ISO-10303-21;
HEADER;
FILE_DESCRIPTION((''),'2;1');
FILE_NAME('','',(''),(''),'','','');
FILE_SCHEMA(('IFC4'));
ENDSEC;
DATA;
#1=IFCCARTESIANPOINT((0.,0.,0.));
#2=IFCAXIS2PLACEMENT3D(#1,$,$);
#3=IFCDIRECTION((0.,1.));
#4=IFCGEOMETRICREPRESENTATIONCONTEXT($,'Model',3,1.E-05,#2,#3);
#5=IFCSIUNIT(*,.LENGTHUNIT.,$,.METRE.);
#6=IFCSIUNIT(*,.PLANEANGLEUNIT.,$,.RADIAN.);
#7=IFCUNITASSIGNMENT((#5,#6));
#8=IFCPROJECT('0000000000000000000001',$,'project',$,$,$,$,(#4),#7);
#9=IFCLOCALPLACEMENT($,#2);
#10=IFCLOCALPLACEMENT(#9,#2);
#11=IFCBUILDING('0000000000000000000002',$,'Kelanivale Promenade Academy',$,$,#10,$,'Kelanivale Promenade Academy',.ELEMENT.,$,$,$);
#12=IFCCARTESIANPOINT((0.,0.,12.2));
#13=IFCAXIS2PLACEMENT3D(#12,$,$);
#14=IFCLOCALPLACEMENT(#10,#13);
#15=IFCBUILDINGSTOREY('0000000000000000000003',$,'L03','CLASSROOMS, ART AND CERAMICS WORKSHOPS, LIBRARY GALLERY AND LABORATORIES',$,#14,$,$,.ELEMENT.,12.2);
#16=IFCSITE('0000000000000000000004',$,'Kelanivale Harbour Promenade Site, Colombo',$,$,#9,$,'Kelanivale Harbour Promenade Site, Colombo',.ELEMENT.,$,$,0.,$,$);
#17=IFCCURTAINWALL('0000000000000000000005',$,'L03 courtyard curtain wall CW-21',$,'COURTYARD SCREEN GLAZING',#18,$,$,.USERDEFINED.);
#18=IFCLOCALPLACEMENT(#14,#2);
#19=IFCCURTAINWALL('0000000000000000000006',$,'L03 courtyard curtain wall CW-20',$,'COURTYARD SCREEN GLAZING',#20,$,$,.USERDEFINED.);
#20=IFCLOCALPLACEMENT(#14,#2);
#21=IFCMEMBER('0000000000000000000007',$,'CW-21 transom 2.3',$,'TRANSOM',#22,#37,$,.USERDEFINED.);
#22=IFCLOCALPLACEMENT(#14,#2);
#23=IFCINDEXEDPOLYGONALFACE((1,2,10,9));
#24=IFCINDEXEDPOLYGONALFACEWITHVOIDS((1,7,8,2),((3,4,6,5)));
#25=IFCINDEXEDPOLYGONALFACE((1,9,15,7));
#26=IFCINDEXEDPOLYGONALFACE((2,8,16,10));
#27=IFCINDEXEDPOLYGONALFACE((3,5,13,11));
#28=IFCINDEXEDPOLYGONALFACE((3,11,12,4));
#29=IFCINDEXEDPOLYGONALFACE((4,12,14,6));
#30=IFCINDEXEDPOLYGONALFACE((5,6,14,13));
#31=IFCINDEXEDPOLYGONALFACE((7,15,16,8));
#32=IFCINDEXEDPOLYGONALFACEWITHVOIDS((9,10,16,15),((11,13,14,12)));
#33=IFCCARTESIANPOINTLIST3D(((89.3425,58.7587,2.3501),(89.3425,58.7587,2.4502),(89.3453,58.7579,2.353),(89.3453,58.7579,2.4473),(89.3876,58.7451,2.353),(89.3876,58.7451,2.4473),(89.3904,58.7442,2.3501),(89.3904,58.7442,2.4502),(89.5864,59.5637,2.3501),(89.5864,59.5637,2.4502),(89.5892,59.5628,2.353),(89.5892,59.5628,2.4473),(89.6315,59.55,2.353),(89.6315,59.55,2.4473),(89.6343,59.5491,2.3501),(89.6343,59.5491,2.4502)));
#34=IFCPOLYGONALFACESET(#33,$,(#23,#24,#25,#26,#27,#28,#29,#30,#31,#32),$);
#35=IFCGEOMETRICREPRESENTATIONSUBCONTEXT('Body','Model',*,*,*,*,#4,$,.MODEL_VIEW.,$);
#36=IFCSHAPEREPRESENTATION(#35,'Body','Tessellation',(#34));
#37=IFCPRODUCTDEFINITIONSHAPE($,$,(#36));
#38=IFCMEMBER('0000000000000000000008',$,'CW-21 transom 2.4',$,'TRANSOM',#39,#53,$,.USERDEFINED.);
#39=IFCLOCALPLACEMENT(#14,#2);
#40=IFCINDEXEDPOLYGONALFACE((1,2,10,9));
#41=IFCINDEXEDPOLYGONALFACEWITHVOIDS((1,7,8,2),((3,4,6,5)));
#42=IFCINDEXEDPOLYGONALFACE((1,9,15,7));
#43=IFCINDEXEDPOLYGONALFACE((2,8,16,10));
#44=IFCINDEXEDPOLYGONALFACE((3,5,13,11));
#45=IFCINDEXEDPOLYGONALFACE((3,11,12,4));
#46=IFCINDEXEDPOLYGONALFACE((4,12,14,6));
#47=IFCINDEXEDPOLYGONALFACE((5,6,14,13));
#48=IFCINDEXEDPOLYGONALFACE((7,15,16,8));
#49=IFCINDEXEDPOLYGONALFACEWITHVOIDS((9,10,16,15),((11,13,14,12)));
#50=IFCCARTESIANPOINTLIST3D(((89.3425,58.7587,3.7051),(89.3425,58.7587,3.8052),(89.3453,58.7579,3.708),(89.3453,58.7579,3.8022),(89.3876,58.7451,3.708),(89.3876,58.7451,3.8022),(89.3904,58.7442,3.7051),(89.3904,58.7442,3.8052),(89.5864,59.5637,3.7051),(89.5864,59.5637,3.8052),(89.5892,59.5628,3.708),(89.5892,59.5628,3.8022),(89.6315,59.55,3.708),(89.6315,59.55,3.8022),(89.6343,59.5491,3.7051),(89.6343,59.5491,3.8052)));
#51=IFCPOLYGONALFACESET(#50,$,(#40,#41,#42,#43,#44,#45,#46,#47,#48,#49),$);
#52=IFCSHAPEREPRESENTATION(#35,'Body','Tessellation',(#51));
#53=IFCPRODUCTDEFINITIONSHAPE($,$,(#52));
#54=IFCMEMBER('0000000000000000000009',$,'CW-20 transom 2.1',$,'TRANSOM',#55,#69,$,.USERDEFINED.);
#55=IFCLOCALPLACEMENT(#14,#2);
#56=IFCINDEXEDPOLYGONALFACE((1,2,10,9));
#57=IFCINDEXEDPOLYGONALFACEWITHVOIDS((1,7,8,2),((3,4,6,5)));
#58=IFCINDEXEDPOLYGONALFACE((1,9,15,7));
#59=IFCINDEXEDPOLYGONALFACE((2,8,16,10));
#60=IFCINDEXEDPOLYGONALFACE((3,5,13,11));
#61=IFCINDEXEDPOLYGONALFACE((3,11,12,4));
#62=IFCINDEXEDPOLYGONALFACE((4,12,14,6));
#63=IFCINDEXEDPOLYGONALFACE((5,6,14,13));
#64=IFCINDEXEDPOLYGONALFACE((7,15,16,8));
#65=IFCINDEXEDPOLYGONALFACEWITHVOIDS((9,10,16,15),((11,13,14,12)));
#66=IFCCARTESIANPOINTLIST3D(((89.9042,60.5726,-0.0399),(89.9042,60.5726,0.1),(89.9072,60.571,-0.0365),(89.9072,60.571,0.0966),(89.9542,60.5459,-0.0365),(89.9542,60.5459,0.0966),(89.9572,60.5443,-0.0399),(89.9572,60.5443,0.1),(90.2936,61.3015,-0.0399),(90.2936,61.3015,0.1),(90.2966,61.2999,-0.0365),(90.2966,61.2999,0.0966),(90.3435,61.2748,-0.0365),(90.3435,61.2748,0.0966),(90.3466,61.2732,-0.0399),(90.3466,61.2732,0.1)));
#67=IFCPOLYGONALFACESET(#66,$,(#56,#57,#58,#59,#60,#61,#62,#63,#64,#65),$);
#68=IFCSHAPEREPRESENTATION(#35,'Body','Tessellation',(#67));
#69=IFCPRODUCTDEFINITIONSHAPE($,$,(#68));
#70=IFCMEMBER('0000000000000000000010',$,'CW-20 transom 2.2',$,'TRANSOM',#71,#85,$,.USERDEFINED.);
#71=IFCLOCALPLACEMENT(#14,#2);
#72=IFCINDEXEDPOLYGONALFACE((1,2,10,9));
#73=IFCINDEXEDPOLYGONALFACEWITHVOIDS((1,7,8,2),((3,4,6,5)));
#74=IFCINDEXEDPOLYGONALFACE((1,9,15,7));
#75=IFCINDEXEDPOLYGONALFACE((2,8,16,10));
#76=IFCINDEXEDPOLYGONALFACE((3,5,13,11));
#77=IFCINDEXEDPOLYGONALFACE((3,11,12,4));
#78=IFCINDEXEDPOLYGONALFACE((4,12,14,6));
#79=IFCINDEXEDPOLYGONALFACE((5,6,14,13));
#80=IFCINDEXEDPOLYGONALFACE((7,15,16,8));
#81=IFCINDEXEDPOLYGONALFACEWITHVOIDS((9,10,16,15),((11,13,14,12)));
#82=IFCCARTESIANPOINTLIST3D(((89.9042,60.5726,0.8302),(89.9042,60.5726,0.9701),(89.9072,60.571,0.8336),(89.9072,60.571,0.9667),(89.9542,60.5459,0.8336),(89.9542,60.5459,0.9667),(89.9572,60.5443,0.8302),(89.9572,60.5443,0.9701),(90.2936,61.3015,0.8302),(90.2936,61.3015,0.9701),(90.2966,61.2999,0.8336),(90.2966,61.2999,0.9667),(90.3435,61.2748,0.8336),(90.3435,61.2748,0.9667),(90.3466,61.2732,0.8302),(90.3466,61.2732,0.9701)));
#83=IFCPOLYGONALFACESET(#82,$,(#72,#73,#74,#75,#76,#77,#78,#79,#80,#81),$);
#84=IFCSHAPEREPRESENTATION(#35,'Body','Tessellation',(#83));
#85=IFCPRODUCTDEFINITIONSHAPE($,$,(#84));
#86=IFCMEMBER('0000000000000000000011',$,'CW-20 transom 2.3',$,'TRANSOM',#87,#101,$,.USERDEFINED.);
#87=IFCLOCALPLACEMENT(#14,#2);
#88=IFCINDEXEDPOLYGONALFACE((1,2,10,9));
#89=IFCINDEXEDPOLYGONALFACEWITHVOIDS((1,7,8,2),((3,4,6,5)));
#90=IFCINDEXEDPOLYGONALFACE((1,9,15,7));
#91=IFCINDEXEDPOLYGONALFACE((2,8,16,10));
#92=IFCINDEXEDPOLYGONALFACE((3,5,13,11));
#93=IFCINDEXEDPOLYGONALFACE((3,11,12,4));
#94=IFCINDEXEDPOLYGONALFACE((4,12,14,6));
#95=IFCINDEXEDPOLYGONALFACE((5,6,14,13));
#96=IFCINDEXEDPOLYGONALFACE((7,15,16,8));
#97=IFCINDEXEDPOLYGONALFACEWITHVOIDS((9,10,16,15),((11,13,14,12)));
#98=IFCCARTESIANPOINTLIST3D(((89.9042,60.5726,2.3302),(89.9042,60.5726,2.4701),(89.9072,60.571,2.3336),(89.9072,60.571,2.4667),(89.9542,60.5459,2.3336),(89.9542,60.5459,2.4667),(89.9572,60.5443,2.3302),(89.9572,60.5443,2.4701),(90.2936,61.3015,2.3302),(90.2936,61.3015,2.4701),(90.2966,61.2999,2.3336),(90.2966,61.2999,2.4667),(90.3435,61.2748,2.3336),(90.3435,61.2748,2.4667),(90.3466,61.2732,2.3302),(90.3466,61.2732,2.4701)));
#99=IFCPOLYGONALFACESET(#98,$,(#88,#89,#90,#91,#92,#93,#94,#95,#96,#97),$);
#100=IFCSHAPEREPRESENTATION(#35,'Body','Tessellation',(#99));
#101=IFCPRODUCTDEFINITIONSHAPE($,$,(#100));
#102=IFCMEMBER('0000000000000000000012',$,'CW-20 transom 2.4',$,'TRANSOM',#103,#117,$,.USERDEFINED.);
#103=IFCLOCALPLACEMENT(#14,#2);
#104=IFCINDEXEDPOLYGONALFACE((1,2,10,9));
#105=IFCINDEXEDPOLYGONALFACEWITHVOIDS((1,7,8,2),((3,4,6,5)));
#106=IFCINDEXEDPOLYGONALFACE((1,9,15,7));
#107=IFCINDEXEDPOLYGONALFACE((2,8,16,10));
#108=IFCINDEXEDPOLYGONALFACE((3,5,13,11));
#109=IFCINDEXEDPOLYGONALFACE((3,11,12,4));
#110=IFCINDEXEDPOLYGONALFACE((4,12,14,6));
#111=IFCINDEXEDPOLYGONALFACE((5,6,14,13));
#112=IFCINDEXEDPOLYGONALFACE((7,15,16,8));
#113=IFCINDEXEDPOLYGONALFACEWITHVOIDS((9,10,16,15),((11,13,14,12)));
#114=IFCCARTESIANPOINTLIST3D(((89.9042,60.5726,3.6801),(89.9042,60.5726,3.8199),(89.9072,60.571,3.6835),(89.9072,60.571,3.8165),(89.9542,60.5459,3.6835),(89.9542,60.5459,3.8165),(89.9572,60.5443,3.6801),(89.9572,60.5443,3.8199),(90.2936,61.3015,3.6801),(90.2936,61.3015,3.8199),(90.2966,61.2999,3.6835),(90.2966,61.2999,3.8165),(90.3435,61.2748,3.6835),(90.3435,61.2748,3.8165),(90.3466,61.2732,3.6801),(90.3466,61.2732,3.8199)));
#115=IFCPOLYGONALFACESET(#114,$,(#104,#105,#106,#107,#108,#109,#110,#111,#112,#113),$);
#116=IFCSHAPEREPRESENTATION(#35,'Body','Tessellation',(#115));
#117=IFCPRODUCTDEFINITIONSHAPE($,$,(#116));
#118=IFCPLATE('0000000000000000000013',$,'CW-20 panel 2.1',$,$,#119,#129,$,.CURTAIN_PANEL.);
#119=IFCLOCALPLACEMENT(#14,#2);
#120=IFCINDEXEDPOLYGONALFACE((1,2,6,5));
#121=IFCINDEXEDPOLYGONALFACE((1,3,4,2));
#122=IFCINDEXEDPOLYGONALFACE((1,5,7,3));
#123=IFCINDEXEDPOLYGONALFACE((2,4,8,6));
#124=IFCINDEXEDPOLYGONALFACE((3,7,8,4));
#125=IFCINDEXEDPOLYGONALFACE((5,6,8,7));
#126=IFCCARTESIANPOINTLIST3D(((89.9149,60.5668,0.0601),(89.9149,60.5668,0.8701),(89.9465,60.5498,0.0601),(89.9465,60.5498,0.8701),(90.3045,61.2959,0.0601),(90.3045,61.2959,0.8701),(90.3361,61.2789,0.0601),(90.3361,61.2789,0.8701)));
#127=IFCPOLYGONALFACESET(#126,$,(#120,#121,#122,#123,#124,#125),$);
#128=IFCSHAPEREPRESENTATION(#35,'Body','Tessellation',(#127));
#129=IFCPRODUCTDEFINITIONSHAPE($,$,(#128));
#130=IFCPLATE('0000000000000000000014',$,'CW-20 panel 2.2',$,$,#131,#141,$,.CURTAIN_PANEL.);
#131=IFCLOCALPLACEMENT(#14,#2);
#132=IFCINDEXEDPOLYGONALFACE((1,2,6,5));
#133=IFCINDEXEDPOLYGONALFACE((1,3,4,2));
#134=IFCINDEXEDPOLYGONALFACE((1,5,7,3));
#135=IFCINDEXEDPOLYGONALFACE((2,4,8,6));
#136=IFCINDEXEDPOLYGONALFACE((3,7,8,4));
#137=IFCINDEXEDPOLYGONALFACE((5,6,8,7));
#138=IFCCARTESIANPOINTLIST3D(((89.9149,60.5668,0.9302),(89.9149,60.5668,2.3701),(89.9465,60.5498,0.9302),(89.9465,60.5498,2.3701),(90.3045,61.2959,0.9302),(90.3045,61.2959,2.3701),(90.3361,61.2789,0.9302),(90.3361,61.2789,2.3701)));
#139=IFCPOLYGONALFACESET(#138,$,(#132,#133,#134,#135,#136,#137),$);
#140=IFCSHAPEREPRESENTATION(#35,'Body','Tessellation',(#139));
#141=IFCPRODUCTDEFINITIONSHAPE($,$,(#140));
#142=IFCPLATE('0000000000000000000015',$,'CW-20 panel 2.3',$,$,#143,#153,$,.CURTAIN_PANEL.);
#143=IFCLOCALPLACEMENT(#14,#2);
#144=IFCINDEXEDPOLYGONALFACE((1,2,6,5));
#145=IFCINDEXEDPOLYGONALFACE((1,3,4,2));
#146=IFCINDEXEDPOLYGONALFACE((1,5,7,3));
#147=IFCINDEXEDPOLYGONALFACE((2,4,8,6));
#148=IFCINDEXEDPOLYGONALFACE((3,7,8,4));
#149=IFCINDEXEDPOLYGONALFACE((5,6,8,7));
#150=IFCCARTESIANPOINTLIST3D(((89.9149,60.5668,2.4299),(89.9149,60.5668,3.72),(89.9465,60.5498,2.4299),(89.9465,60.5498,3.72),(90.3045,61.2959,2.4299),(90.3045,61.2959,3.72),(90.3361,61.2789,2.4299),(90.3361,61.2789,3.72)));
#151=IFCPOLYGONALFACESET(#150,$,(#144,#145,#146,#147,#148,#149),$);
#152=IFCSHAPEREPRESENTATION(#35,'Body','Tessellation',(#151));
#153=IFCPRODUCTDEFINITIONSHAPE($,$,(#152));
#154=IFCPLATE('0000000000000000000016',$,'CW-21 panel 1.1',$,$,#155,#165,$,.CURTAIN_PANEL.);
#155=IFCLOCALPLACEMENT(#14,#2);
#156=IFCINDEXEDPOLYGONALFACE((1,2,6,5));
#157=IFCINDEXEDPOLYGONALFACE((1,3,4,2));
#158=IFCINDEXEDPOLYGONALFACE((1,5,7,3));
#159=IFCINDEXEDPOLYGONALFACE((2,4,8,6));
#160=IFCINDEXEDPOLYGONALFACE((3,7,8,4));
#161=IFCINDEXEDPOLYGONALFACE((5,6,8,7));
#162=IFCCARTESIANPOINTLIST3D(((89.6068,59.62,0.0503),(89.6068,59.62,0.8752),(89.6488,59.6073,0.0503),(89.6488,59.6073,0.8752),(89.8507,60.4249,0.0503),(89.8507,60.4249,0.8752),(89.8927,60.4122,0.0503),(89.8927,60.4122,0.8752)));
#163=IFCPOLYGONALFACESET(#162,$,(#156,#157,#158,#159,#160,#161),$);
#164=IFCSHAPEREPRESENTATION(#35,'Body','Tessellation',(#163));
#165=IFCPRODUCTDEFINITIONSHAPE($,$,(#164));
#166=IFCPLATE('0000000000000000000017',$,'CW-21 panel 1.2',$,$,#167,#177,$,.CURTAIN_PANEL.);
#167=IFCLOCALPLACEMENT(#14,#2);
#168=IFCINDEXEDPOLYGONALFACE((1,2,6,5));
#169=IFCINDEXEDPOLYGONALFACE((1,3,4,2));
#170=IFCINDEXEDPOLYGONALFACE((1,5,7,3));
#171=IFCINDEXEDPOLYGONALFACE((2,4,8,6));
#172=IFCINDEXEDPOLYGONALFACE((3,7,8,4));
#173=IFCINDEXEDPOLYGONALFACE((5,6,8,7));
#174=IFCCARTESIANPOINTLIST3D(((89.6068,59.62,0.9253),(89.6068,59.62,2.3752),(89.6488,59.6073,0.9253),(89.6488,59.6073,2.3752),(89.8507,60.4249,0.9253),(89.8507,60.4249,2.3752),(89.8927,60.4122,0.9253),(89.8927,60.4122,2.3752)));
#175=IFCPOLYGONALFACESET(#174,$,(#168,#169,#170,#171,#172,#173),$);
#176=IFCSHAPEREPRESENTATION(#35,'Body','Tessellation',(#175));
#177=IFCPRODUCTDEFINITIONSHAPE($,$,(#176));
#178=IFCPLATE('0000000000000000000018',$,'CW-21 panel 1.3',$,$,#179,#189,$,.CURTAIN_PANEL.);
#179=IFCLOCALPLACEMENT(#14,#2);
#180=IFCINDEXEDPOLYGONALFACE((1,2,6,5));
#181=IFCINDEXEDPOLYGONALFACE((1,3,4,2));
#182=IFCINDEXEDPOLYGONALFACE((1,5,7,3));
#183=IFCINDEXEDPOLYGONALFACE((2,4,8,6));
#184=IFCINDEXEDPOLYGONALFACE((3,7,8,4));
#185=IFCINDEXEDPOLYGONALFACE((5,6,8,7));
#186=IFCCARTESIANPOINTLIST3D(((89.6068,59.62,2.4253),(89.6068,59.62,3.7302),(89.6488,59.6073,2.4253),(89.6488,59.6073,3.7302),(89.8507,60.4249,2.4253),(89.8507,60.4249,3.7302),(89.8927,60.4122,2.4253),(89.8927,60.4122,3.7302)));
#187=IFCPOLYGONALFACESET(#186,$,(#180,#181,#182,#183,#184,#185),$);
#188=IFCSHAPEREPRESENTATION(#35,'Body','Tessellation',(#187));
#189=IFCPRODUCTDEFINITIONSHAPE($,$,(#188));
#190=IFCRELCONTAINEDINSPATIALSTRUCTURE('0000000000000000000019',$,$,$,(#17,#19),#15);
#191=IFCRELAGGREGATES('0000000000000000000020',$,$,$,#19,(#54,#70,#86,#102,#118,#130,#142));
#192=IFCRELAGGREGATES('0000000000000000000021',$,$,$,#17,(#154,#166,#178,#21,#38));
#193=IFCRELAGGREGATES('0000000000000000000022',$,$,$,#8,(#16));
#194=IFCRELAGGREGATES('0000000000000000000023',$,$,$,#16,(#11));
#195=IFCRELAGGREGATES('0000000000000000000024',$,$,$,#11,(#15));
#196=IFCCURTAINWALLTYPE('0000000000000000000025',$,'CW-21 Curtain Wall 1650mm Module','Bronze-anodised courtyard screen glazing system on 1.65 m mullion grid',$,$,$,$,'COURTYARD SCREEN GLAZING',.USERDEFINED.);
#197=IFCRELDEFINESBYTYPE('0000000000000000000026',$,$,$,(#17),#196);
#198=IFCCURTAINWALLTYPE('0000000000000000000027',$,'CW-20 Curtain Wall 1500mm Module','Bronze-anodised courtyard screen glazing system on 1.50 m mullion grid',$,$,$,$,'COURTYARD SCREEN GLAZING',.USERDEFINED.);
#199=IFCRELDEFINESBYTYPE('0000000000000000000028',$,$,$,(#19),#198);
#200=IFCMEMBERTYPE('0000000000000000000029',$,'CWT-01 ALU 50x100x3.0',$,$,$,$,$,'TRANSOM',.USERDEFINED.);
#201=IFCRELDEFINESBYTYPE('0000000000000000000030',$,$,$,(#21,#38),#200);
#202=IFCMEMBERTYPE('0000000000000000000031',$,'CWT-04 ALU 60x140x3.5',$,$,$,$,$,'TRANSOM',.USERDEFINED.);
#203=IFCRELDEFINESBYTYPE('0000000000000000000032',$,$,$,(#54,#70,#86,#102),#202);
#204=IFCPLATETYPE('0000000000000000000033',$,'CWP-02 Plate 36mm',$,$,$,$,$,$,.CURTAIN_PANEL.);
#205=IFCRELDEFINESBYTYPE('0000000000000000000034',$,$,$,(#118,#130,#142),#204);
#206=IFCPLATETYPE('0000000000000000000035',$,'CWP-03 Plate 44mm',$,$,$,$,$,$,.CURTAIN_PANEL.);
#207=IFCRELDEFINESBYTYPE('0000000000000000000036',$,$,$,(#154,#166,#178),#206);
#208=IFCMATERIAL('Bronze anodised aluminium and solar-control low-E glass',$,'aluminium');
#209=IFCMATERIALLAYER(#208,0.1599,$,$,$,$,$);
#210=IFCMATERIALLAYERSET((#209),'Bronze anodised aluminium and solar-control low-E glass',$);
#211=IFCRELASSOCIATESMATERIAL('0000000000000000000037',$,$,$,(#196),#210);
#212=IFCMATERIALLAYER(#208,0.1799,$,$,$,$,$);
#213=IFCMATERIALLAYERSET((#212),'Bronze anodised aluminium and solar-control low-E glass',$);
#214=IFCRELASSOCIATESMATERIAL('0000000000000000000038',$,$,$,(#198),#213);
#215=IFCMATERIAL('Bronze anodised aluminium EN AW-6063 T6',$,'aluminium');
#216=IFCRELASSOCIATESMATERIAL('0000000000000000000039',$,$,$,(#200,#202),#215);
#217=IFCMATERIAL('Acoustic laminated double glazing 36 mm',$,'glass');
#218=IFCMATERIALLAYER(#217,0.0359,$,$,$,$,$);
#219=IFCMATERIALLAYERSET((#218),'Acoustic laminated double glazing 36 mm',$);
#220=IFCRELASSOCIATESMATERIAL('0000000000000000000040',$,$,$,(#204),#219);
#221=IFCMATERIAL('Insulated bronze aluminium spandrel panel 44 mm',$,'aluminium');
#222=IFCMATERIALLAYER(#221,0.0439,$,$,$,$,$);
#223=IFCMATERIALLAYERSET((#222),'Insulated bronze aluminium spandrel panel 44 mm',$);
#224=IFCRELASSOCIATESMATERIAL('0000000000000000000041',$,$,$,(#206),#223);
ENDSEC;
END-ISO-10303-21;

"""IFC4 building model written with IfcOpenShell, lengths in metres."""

from ifc_helpers import new_model, si_unit, direction, frame, origin, origin_2d, place, context, subcontext, project, spatial, rectangle, hollow_rectangle, extrude, material, layer, layer_set, material_profile, profile_set, type_object, element, aggregate, save


model = new_model("IFC4")

# Units and contexts
model_context = context("Model", 3, precision=1e-05, world=origin(), true_north=direction((0.0, 1.0)))
body_context = subcontext(model_context, "Body", "Model", "MODEL_VIEW")
ifc_project = project(units=[si_unit("LENGTHUNIT", "METRE"), si_unit("PLANEANGLEUNIT", "RADIAN")], contexts=[model_context])

# Site, building, storey
site_placement = place(None, origin())
site = spatial("IfcSite", under=ifc_project, at=site_placement, Name="Kelanivale Harbour Promenade Site, Colombo", LongName="Kelanivale Harbour Promenade Site, Colombo", CompositionType="ELEMENT", RefElevation=0.0)
building_placement = place(site_placement, origin())
building = spatial("IfcBuilding", under=site, at=building_placement, Name="Kelanivale Promenade Academy", LongName="Kelanivale Promenade Academy", CompositionType="ELEMENT")
storey_placement = place(building_placement, frame((0.0, 0.0, 12.2)))
storey = spatial("IfcBuildingStorey", under=building, at=storey_placement, Name="L03", Description="CLASSROOMS, ART AND CERAMICS WORKSHOPS, LIBRARY GALLERY AND LABORATORIES", CompositionType="ELEMENT", Elevation=12.2)

# Curtain walls
ifc_material_1 = material(Name="Bronze anodised aluminium and solar-control low-E glass", Category="aluminium")
ifc_layer_1 = layer(ifc_material_1, 0.1599)
ifc_layer_set_1 = layer_set([ifc_layer_1], Name="Bronze anodised aluminium and solar-control low-E glass")
curtain_wall_type_1 = type_object("IfcCurtainWallType", Name="CW-21 Curtain Wall 1650mm Module", Description="Bronze-anodised courtyard screen glazing system on 1.65 m mullion grid", ElementType="COURTYARD SCREEN GLAZING", PredefinedType="USERDEFINED", material=ifc_layer_set_1)
curtain_wall_1_placement = place(storey_placement, origin())
curtain_wall_1 = element("IfcCurtainWall", 1, at=curtain_wall_1_placement, inside=storey, type_object=curtain_wall_type_1, Name="L03 courtyard curtain wall CW-21", ObjectType="COURTYARD SCREEN GLAZING", PredefinedType="USERDEFINED")
ifc_material_2 = material(Name="Bronze anodised aluminium EN AW-6063 T6", Category="aluminium")
ifc_layer_2 = layer(ifc_material_1, 0.1799)
ifc_layer_set_2 = layer_set([ifc_layer_2], Name="Bronze anodised aluminium and solar-control low-E glass")
curtain_wall_type_2 = type_object("IfcCurtainWallType", Name="CW-20 Curtain Wall 1500mm Module", Description="Bronze-anodised courtyard screen glazing system on 1.50 m mullion grid", ElementType="COURTYARD SCREEN GLAZING", PredefinedType="USERDEFINED", material=ifc_layer_set_2)
curtain_wall_2_placement = place(storey_placement, origin())
curtain_wall_2 = element("IfcCurtainWall", 2, at=curtain_wall_2_placement, inside=storey, type_object=curtain_wall_type_2, Name="L03 courtyard curtain wall CW-20", ObjectType="COURTYARD SCREEN GLAZING", PredefinedType="USERDEFINED")

# Members
ifc_material_profile_1 = material_profile(ifc_material_2, hollow_rectangle(XDim=0.05, YDim=0.1001, WallThickness=0.0029, at=origin_2d()), Name="ALU 50x100x3.0")
ifc_profile_set_1 = profile_set([ifc_material_profile_1], Name="Bronze anodised aluminium EN AW-6063 T6")
member_type_1 = type_object("IfcMemberType", Name="CWT-01 ALU 50x100x3.0", ElementType="TRANSOM", PredefinedType="USERDEFINED", material=ifc_profile_set_1)
member_1_placement = place(storey_placement, frame((89.6104, 59.5564, 2.4001), z_axis=(-0.289983, -0.957032, 0.0), x_axis=(0.957032, -0.289983, 0.0)))
member_1 = element("IfcMember", 3, at=member_1_placement, type_object=member_type_1, Name="CW-21 transom 2.3", ObjectType="TRANSOM", PredefinedType="USERDEFINED", context=body_context, shape_type="SweptSolid", body=[
    extrude(hollow_rectangle(XDim=0.05, YDim=0.1001, WallThickness=0.0029, at=origin_2d()), origin(), (0.0, 0.0, 1.0), 0.8411),
])
member_2_placement = place(storey_placement, frame((89.6104, 59.5564, 3.7551), z_axis=(-0.289983, -0.957032, 0.0), x_axis=(0.957032, -0.289983, 0.0)))
member_2 = element("IfcMember", 4, at=member_2_placement, type_object=member_type_1, Name="CW-21 transom 2.4", ObjectType="TRANSOM", PredefinedType="USERDEFINED", context=body_context, shape_type="SweptSolid", body=[
    extrude(hollow_rectangle(XDim=0.05, YDim=0.1001, WallThickness=0.0029, at=origin_2d()), origin(), (0.0, 0.0, 1.0), 0.8411),
])
ifc_material_profile_2 = material_profile(ifc_material_2, hollow_rectangle(XDim=0.0601, YDim=0.1399, WallThickness=0.0034, at=origin_2d()), Name="ALU 60x140x3.5")
ifc_profile_set_2 = profile_set([ifc_material_profile_2], Name="Bronze anodised aluminium EN AW-6063 T6")
member_type_2 = type_object("IfcMemberType", Name="CWT-04 ALU 60x140x3.5", ElementType="TRANSOM", PredefinedType="USERDEFINED", material=ifc_profile_set_2)
member_3_placement = place(storey_placement, frame((90.3201, 61.2874, 0.03), z_axis=(-0.471155, -0.88205, 0.0), x_axis=(0.88205, -0.471155, 0.0)))
member_3 = element("IfcMember", 5, at=member_3_placement, type_object=member_type_2, Name="CW-20 transom 2.1", ObjectType="TRANSOM", PredefinedType="USERDEFINED", context=body_context, shape_type="SweptSolid", body=[
    extrude(hollow_rectangle(XDim=0.0601, YDim=0.1399, WallThickness=0.0034, at=origin_2d()), origin(), (0.0, 0.0, 1.0), 0.8264),
])
member_4_placement = place(storey_placement, frame((90.3201, 61.2874, 0.9001), z_axis=(-0.471155, -0.88205, 0.0), x_axis=(0.88205, -0.471155, 0.0)))
member_4 = element("IfcMember", 6, at=member_4_placement, type_object=member_type_2, Name="CW-20 transom 2.2", ObjectType="TRANSOM", PredefinedType="USERDEFINED", context=body_context, shape_type="SweptSolid", body=[
    extrude(hollow_rectangle(XDim=0.0601, YDim=0.1399, WallThickness=0.0034, at=origin_2d()), origin(), (0.0, 0.0, 1.0), 0.8264),
])
member_5_placement = place(storey_placement, frame((90.3201, 61.2874, 2.4001), z_axis=(-0.471155, -0.88205, 0.0), x_axis=(0.88205, -0.471155, 0.0)))
member_5 = element("IfcMember", 7, at=member_5_placement, type_object=member_type_2, Name="CW-20 transom 2.3", ObjectType="TRANSOM", PredefinedType="USERDEFINED", context=body_context, shape_type="SweptSolid", body=[
    extrude(hollow_rectangle(XDim=0.0601, YDim=0.1399, WallThickness=0.0034, at=origin_2d()), origin(), (0.0, 0.0, 1.0), 0.8264),
])
member_6_placement = place(storey_placement, frame((90.3201, 61.2874, 3.75), z_axis=(-0.471155, -0.88205, 0.0), x_axis=(0.88205, -0.471155, 0.0)))
member_6 = element("IfcMember", 8, at=member_6_placement, type_object=member_type_2, Name="CW-20 transom 2.4", ObjectType="TRANSOM", PredefinedType="USERDEFINED", context=body_context, shape_type="SweptSolid", body=[
    extrude(hollow_rectangle(XDim=0.0601, YDim=0.1399, WallThickness=0.0034, at=origin_2d()), origin(), (0.0, 0.0, 1.0), 0.8264),
])

# Plates
ifc_material_3 = material(Name="Acoustic laminated double glazing 36 mm", Category="glass")
ifc_layer_3 = layer(ifc_material_3, 0.0359)
ifc_layer_set_3 = layer_set([ifc_layer_3], Name="Acoustic laminated double glazing 36 mm")
plate_type_1 = type_object("IfcPlateType", Name="CWP-02 Plate 36mm", PredefinedType="CURTAIN_PANEL", material=ifc_layer_set_3)
plate_1_placement = place(storey_placement, frame((90.1255, 60.9229, 0.0601), z_axis=(0.0, 0.0, 1.0), x_axis=(-0.47129, -0.881978, 0.0)))
plate_1 = element("IfcPlate", 9, at=plate_1_placement, type_object=plate_type_1, Name="CW-20 panel 2.1", PredefinedType="CURTAIN_PANEL", context=body_context, shape_type="SweptSolid", body=[
    extrude(rectangle(XDim=0.8267, YDim=0.0359, at=origin_2d()), origin(), (0.0, 0.0, 1.0), 0.8101),
])
plate_2_placement = place(storey_placement, frame((90.1255, 60.9229, 0.9302), z_axis=(0.0, 0.0, 1.0), x_axis=(-0.47129, -0.881978, 0.0)))
plate_2 = element("IfcPlate", 10, at=plate_2_placement, type_object=plate_type_1, Name="CW-20 panel 2.2", PredefinedType="CURTAIN_PANEL", context=body_context, shape_type="SweptSolid", body=[
    extrude(rectangle(XDim=0.8267, YDim=0.0359, at=origin_2d()), origin(), (0.0, 0.0, 1.0), 1.4399),
])
plate_3_placement = place(storey_placement, frame((90.1255, 60.9229, 2.4299), z_axis=(0.0, 0.0, 1.0), x_axis=(-0.47129, -0.881978, 0.0)))
plate_3 = element("IfcPlate", 11, at=plate_3_placement, type_object=plate_type_1, Name="CW-20 panel 2.3", PredefinedType="CURTAIN_PANEL", context=body_context, shape_type="SweptSolid", body=[
    extrude(rectangle(XDim=0.8267, YDim=0.0359, at=origin_2d()), origin(), (0.0, 0.0, 1.0), 1.29),
])
aggregate(curtain_wall_2, [member_3, member_4, member_5, member_6, plate_1, plate_2, plate_3])
ifc_material_4 = material(Name="Insulated bronze aluminium spandrel panel 44 mm", Category="aluminium")
ifc_layer_4 = layer(ifc_material_4, 0.0439)
ifc_layer_set_4 = layer_set([ifc_layer_4], Name="Insulated bronze aluminium spandrel panel 44 mm")
plate_type_2 = type_object("IfcPlateType", Name="CWP-03 Plate 44mm", PredefinedType="CURTAIN_PANEL", material=ifc_layer_set_4)
plate_4_placement = place(storey_placement, frame((89.7498, 60.0161, 0.0503), z_axis=(0.0, 0.0, 1.0), x_axis=(-0.290007, -0.957024, 0.0)))
plate_4 = element("IfcPlate", 12, at=plate_4_placement, type_object=plate_type_2, Name="CW-21 panel 1.1", PredefinedType="CURTAIN_PANEL", context=body_context, shape_type="SweptSolid", body=[
    extrude(rectangle(XDim=0.8411, YDim=0.0439, at=origin_2d()), origin(), (0.0, 0.0, 1.0), 0.825),
])
plate_5_placement = place(storey_placement, frame((89.7498, 60.0161, 0.9253), z_axis=(0.0, 0.0, 1.0), x_axis=(-0.290007, -0.957024, 0.0)))
plate_5 = element("IfcPlate", 13, at=plate_5_placement, type_object=plate_type_2, Name="CW-21 panel 1.2", PredefinedType="CURTAIN_PANEL", context=body_context, shape_type="SweptSolid", body=[
    extrude(rectangle(XDim=0.8411, YDim=0.0439, at=origin_2d()), origin(), (0.0, 0.0, 1.0), 1.45),
])
plate_6_placement = place(storey_placement, frame((89.7498, 60.0161, 2.4253), z_axis=(0.0, 0.0, 1.0), x_axis=(-0.290007, -0.957024, 0.0)))
plate_6 = element("IfcPlate", 14, at=plate_6_placement, type_object=plate_type_2, Name="CW-21 panel 1.3", PredefinedType="CURTAIN_PANEL", context=body_context, shape_type="SweptSolid", body=[
    extrude(rectangle(XDim=0.8411, YDim=0.0439, at=origin_2d()), origin(), (0.0, 0.0, 1.0), 1.3049),
])
aggregate(curtain_wall_1, [plate_4, plate_5, plate_6, member_1, member_2])

save(model, "model.ifc")
